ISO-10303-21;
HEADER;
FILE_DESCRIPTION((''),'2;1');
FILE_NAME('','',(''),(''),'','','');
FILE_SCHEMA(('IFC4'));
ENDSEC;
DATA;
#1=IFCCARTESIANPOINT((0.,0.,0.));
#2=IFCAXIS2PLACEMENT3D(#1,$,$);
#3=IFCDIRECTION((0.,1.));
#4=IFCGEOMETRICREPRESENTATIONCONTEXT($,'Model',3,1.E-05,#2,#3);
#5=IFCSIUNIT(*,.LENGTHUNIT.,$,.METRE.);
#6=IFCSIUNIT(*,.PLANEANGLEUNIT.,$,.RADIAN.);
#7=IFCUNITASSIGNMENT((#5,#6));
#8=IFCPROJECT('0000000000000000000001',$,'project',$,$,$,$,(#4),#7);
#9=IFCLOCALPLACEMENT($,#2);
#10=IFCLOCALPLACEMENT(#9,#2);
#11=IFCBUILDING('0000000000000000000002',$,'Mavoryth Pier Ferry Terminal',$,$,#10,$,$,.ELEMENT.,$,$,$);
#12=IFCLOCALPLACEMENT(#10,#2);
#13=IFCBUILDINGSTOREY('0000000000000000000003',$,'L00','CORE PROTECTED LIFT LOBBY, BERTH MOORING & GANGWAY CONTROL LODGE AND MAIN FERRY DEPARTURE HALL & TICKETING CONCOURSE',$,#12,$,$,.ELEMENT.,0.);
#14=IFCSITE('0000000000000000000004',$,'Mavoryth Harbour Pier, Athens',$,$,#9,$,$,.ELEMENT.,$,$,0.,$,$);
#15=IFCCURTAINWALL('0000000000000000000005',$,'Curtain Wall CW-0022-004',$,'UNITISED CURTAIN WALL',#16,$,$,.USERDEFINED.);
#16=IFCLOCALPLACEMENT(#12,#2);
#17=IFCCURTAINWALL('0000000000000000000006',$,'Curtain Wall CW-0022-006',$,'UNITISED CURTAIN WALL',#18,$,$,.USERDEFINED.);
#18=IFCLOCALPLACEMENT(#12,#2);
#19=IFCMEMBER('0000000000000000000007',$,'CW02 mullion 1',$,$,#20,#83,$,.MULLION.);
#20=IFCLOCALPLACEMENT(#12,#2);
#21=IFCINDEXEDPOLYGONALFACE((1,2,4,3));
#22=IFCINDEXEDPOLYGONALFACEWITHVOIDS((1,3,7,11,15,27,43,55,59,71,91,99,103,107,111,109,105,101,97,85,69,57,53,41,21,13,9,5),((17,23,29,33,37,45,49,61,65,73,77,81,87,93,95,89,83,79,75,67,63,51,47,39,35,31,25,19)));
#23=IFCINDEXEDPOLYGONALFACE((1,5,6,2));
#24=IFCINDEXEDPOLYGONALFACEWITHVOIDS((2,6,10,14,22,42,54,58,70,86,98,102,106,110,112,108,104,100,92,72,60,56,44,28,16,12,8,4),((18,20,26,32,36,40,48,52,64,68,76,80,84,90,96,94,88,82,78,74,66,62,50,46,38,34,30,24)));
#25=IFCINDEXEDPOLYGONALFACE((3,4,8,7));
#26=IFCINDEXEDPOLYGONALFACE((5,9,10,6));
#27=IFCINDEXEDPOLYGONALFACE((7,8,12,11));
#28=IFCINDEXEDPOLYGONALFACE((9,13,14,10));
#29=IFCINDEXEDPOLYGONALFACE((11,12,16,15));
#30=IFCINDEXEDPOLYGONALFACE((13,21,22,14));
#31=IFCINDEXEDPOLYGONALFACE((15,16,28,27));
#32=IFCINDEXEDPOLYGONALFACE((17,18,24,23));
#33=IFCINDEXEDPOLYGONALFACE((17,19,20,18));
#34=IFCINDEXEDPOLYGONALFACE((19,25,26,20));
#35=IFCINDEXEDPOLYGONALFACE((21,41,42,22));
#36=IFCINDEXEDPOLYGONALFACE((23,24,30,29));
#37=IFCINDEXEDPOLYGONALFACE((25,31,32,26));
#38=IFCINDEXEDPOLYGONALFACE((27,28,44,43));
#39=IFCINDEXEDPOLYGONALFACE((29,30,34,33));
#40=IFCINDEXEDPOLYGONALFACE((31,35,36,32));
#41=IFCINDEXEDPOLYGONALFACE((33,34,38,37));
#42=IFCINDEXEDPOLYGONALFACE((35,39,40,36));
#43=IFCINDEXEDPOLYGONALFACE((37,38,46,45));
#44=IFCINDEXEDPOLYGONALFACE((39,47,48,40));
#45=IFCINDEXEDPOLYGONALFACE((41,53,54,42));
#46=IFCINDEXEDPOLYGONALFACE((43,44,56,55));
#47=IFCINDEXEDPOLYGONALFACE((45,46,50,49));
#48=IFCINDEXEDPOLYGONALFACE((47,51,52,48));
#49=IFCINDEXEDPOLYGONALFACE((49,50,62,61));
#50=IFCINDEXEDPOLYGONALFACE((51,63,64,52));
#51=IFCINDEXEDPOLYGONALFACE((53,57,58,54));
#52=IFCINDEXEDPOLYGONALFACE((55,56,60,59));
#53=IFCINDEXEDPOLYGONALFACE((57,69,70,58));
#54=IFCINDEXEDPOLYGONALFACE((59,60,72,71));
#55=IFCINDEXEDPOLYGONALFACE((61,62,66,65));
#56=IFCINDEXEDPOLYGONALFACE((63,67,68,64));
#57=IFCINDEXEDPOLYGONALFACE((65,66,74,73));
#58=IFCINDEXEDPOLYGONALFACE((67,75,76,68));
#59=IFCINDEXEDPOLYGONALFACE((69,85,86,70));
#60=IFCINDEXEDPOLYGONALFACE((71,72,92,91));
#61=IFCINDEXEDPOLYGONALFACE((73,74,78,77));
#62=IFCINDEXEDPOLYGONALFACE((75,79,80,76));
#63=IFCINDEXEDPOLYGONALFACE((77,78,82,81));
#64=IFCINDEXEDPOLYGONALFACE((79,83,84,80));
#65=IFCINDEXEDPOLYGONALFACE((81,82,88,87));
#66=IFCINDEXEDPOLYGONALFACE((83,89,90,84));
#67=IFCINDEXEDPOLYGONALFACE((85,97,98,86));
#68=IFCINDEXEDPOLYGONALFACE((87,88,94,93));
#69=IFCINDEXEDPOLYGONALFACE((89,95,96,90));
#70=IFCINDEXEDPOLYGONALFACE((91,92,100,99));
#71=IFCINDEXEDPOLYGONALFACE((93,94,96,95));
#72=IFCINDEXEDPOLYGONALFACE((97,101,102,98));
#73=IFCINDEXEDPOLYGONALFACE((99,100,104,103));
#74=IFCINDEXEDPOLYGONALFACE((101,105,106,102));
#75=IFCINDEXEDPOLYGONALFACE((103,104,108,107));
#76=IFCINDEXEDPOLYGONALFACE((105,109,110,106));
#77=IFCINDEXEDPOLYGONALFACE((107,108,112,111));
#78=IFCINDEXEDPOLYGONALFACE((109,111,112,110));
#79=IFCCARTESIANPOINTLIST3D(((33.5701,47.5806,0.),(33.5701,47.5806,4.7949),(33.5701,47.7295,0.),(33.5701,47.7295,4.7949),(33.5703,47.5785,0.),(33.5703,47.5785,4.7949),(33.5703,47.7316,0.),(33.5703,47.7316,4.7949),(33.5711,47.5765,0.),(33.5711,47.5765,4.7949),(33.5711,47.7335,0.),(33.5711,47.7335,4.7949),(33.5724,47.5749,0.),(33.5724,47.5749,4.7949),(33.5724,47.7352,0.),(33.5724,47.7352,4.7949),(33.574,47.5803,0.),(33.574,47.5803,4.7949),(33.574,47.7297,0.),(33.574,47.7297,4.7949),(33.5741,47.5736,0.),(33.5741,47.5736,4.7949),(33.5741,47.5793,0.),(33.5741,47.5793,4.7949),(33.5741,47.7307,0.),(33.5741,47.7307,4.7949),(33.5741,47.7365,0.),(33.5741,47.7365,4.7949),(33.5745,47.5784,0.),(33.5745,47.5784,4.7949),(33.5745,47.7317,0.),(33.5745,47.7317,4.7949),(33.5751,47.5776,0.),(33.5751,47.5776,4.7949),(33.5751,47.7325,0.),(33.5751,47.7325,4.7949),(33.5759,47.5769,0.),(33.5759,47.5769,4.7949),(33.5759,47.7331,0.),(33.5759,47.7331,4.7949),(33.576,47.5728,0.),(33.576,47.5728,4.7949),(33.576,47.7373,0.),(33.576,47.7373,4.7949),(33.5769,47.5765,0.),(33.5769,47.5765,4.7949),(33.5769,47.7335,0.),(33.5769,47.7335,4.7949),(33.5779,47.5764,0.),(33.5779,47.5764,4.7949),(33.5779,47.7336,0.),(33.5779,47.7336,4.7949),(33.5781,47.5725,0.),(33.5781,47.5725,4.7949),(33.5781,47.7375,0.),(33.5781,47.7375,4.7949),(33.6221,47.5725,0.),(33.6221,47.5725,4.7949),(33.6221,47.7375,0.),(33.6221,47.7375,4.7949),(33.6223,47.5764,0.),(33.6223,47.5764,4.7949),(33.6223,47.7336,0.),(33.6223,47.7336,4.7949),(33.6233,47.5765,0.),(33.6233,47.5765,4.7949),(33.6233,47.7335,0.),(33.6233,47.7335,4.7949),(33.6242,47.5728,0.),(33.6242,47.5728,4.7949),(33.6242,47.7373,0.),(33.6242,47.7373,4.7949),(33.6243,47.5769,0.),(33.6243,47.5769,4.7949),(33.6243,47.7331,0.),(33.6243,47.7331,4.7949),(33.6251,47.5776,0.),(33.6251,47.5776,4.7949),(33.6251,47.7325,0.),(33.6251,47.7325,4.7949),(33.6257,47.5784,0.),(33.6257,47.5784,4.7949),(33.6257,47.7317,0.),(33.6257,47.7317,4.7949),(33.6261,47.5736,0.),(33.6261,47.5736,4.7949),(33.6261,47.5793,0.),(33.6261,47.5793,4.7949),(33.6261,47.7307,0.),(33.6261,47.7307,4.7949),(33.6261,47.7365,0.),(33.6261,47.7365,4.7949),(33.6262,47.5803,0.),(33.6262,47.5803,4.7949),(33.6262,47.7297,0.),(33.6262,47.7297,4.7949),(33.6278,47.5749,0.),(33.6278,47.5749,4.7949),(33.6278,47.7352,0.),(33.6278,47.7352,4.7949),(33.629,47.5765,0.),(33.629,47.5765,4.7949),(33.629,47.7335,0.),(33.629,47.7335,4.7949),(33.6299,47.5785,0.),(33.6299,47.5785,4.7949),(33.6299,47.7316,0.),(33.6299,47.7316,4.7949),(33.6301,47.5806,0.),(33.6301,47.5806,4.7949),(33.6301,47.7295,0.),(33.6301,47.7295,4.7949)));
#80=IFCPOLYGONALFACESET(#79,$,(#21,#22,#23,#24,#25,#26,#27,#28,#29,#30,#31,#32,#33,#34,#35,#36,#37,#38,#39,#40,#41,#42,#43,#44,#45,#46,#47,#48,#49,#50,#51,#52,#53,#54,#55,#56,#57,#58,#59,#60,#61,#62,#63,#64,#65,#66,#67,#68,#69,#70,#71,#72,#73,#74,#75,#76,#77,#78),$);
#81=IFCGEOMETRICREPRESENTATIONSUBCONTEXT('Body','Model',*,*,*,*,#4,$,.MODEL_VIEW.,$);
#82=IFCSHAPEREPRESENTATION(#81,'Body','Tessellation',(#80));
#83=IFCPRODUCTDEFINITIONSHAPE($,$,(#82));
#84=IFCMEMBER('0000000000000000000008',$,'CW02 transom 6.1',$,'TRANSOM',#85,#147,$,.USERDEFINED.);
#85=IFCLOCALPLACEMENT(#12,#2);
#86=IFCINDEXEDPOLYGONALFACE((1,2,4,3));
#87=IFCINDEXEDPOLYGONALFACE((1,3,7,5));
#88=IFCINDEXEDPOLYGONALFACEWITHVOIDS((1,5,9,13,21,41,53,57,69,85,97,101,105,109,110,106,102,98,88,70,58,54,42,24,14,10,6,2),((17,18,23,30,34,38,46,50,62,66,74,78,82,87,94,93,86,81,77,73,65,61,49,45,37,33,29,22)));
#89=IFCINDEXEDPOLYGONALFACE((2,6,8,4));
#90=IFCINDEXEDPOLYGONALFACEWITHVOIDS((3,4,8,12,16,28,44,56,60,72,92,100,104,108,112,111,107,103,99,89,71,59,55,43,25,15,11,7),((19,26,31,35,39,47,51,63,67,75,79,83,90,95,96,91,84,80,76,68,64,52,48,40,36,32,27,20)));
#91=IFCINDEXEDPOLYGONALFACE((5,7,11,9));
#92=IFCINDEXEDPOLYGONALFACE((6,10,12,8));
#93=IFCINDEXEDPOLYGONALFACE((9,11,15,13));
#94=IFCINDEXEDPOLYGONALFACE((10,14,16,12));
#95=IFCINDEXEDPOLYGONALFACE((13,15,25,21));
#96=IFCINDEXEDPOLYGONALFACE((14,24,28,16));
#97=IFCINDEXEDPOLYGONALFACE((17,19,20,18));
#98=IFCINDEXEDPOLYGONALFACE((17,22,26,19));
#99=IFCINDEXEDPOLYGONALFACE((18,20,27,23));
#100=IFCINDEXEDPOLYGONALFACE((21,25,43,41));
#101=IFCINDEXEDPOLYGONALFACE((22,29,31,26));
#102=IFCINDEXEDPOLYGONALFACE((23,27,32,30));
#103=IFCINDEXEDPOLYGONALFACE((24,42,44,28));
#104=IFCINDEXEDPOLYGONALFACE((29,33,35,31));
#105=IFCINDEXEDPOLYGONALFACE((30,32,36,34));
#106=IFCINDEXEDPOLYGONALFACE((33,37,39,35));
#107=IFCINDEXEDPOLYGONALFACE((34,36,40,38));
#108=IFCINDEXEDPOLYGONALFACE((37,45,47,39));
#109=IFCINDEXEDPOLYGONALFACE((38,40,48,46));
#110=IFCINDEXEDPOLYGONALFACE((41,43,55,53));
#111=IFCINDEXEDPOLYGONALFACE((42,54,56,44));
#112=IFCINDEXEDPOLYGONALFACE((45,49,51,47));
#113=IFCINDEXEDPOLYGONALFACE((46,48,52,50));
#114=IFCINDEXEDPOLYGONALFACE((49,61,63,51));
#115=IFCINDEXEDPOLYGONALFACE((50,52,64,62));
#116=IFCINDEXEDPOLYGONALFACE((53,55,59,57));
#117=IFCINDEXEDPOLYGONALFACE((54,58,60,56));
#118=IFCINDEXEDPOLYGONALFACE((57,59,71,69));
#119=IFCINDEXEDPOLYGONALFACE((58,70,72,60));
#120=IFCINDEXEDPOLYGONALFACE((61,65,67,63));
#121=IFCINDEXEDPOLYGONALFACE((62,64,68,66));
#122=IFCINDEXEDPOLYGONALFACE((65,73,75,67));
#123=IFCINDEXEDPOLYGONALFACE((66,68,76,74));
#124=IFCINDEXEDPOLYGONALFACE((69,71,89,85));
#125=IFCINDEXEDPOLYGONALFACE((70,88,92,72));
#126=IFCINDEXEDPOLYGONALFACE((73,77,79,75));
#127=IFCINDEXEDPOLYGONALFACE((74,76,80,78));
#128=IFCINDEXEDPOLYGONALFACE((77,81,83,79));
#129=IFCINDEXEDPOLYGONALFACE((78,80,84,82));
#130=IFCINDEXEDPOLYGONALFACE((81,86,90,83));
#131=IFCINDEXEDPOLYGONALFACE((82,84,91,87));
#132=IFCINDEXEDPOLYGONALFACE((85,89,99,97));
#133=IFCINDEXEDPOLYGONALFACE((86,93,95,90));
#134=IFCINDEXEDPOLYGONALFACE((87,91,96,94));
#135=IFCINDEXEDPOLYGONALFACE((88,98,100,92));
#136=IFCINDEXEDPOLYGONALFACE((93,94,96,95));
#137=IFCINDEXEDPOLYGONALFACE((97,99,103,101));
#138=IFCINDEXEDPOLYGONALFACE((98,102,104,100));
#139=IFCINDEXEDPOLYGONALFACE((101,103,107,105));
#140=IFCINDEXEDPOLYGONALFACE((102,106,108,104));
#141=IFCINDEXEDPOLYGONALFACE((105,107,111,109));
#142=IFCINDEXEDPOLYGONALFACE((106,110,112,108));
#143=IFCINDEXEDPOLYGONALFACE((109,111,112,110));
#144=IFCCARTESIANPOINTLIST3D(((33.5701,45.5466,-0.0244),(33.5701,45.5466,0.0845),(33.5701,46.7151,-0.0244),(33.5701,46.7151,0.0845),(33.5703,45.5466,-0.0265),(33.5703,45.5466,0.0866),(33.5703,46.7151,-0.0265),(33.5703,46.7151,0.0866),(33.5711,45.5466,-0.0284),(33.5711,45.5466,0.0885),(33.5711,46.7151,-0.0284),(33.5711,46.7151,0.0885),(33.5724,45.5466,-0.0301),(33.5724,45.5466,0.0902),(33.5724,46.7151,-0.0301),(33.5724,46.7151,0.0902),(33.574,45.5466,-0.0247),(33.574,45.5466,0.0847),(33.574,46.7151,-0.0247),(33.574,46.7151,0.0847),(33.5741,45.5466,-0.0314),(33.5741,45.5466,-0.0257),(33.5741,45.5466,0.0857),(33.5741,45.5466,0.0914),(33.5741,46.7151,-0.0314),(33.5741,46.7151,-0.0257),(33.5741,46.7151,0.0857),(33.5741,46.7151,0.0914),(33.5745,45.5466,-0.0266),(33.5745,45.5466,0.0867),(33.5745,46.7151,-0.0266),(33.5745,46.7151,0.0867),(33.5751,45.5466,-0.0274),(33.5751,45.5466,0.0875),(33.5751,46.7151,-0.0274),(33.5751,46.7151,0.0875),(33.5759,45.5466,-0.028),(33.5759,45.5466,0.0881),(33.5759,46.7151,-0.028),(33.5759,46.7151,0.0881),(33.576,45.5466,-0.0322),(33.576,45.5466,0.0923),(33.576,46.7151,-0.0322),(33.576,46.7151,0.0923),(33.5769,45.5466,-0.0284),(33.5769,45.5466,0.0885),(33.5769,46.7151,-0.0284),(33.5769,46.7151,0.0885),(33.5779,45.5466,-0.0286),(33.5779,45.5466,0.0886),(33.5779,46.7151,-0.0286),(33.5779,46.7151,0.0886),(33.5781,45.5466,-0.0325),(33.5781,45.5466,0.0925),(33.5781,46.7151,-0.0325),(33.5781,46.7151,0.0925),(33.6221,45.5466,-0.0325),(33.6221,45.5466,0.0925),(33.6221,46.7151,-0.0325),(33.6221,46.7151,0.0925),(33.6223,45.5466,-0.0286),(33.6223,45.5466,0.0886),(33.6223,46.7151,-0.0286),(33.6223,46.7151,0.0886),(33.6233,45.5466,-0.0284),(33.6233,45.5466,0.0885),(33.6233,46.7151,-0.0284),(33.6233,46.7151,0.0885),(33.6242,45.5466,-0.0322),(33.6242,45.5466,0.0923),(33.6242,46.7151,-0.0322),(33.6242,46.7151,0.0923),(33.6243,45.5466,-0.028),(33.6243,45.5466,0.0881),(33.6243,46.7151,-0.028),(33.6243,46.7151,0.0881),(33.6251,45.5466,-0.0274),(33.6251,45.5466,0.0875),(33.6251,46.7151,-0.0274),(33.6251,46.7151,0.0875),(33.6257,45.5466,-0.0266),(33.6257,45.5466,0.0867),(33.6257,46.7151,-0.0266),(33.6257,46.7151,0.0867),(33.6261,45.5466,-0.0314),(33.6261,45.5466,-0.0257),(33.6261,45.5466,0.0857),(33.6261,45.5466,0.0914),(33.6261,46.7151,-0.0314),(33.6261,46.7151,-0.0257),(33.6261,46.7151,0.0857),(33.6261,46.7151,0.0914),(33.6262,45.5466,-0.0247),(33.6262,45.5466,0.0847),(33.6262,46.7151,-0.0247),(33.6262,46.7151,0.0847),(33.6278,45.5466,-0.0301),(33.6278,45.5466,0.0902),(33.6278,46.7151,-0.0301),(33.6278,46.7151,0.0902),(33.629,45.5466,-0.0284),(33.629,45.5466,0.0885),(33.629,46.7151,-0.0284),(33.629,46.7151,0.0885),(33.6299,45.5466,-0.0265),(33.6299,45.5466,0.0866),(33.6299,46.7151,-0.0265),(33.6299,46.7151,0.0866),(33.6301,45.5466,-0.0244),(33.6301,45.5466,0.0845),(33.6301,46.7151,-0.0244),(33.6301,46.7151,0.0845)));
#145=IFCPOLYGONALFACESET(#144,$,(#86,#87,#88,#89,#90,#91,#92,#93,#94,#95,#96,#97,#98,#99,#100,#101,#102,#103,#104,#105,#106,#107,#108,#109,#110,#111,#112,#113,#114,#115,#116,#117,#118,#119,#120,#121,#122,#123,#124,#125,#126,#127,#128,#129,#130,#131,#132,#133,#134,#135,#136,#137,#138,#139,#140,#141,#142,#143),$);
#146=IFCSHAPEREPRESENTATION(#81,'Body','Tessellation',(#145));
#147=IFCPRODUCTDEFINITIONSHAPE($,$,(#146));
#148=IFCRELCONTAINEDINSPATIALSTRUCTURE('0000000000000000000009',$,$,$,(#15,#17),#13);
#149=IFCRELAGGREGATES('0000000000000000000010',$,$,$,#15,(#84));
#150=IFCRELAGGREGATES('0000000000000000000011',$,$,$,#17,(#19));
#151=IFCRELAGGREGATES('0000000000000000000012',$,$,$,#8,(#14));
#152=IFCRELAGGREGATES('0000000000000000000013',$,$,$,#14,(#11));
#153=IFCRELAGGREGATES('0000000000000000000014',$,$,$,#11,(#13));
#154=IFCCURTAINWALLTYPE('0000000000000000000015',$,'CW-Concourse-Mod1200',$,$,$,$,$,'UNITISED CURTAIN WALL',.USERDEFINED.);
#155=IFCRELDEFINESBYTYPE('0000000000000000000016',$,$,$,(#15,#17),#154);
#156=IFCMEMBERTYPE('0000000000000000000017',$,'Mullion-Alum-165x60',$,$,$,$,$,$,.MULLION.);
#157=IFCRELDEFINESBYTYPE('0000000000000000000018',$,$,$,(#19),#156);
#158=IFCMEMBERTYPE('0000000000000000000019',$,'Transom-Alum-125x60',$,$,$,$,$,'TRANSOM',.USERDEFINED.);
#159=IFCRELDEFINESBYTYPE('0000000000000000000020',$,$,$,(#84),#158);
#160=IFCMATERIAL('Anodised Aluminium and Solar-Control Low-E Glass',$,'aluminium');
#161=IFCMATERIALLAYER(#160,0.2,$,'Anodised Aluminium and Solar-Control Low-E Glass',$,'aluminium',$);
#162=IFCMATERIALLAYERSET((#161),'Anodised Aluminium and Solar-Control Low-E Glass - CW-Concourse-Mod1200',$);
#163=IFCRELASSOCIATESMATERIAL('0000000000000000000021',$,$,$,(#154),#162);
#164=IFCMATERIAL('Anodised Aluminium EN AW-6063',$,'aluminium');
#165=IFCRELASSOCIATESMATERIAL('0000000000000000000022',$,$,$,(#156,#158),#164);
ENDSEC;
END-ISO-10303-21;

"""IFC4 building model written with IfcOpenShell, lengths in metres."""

from ifc_helpers import new_model, si_unit, direction, frame, origin, origin_2d, place, context, subcontext, project, spatial, hollow_rectangle, extrude, material, layer, layer_set, material_profile, profile_set, type_object, element, aggregate, save


model = new_model("IFC4")

# Units and contexts
model_context = context("Model", 3, precision=1e-05, world=origin(), true_north=direction((0.0, 1.0)))
body_context = subcontext(model_context, "Body", "Model", "MODEL_VIEW")
ifc_project = project(units=[si_unit("LENGTHUNIT", "METRE"), si_unit("PLANEANGLEUNIT", "RADIAN")], contexts=[model_context])

# Site, building, storey
site_placement = place(None, origin())
site = spatial("IfcSite", under=ifc_project, at=site_placement, Name="Mavoryth Harbour Pier, Athens", CompositionType="ELEMENT", RefElevation=0.0)
building_placement = place(site_placement, origin())
building = spatial("IfcBuilding", under=site, at=building_placement, Name="Mavoryth Pier Ferry Terminal", CompositionType="ELEMENT")
storey_placement = place(building_placement, origin())
storey = spatial("IfcBuildingStorey", under=building, at=storey_placement, Name="L00", Description="CORE PROTECTED LIFT LOBBY, BERTH MOORING & GANGWAY CONTROL LODGE AND MAIN FERRY DEPARTURE HALL & TICKETING CONCOURSE", CompositionType="ELEMENT", Elevation=0.0)

# Curtain walls, member
ifc_material_1 = material(Name="Anodised Aluminium and Solar-Control Low-E Glass", Category="aluminium")
ifc_layer_1 = layer(ifc_material_1, 0.2, Name="Anodised Aluminium and Solar-Control Low-E Glass", Category="aluminium")
ifc_layer_set_1 = layer_set([ifc_layer_1], Name="Anodised Aluminium and Solar-Control Low-E Glass - CW-Concourse-Mod1200")
curtain_wall_type = type_object("IfcCurtainWallType", Name="CW-Concourse-Mod1200", ElementType="UNITISED CURTAIN WALL", PredefinedType="USERDEFINED", material=ifc_layer_set_1)
curtain_wall_1_placement = place(storey_placement, origin())
curtain_wall_1 = element("IfcCurtainWall", 1, at=curtain_wall_1_placement, inside=storey, type_object=curtain_wall_type, Name="Curtain Wall CW-0022-004", ObjectType="UNITISED CURTAIN WALL", PredefinedType="USERDEFINED")
ifc_material_2 = material(Name="Anodised Aluminium EN AW-6063", Category="aluminium")
ifc_material_profile_1 = material_profile(ifc_material_2, hollow_rectangle(XDim=0.0601, YDim=0.165, WallThickness=0.0039, InnerFilletRadius=0.0039, OuterFilletRadius=0.0081, at=origin_2d()), Name="AL-MULL 165x60x4", Category="aluminium")
ifc_profile_set_1 = profile_set([ifc_material_profile_1], Name="Anodised Aluminium EN AW-6063 - AL-MULL 165x60x4")
member_type_1 = type_object("IfcMemberType", Name="Mullion-Alum-165x60", PredefinedType="MULLION", material=ifc_profile_set_1)
curtain_wall_2_placement = place(storey_placement, origin())
curtain_wall_2 = element("IfcCurtainWall", 2, at=curtain_wall_2_placement, inside=storey, type_object=curtain_wall_type, Name="Curtain Wall CW-0022-006", ObjectType="UNITISED CURTAIN WALL", PredefinedType="USERDEFINED")
member_1_placement = place(storey_placement, frame((33.6001, 47.655, 0.0), z_axis=(0.0, 0.0, 1.0), x_axis=(-1.0, 0.0, 0.0)))
member_1 = element("IfcMember", 3, at=member_1_placement, type_object=member_type_1, Name="CW02 mullion 1", PredefinedType="MULLION", context=body_context, shape_type="SweptSolid", body=[
    extrude(hollow_rectangle(XDim=0.0601, YDim=0.165, WallThickness=0.0039, InnerFilletRadius=0.0039, OuterFilletRadius=0.0081, at=origin_2d()), origin(), (0.0, 0.0, 1.0), 4.7949),
])

# Member
ifc_material_profile_2 = material_profile(ifc_material_2, hollow_rectangle(XDim=0.0601, YDim=0.125, WallThickness=0.0039, InnerFilletRadius=0.0039, OuterFilletRadius=0.0081, at=origin_2d()), Name="AL-TRAN 125x60x4", Category="aluminium")
ifc_profile_set_2 = profile_set([ifc_material_profile_2], Name="Anodised Aluminium EN AW-6063 - AL-TRAN 125x60x4")
member_type_2 = type_object("IfcMemberType", Name="Transom-Alum-125x60", ElementType="TRANSOM", PredefinedType="USERDEFINED", material=ifc_profile_set_2)
member_2_placement = place(storey_placement, frame((33.6001, 45.5466, 0.03), z_axis=(0.0, 1.0, 0.0), x_axis=(-1.0, 0.0, 0.0)))
member_2 = element("IfcMember", 4, at=member_2_placement, type_object=member_type_2, Name="CW02 transom 6.1", ObjectType="TRANSOM", PredefinedType="USERDEFINED", context=body_context, shape_type="SweptSolid", body=[
    extrude(hollow_rectangle(XDim=0.0601, YDim=0.125, WallThickness=0.0039, InnerFilletRadius=0.0039, OuterFilletRadius=0.0081, at=origin_2d()), origin(), (0.0, 0.0, 1.0), 1.1685),
])

aggregate(curtain_wall_1, [member_2])
aggregate(curtain_wall_2, [member_1])

save(model, "model.ifc")
